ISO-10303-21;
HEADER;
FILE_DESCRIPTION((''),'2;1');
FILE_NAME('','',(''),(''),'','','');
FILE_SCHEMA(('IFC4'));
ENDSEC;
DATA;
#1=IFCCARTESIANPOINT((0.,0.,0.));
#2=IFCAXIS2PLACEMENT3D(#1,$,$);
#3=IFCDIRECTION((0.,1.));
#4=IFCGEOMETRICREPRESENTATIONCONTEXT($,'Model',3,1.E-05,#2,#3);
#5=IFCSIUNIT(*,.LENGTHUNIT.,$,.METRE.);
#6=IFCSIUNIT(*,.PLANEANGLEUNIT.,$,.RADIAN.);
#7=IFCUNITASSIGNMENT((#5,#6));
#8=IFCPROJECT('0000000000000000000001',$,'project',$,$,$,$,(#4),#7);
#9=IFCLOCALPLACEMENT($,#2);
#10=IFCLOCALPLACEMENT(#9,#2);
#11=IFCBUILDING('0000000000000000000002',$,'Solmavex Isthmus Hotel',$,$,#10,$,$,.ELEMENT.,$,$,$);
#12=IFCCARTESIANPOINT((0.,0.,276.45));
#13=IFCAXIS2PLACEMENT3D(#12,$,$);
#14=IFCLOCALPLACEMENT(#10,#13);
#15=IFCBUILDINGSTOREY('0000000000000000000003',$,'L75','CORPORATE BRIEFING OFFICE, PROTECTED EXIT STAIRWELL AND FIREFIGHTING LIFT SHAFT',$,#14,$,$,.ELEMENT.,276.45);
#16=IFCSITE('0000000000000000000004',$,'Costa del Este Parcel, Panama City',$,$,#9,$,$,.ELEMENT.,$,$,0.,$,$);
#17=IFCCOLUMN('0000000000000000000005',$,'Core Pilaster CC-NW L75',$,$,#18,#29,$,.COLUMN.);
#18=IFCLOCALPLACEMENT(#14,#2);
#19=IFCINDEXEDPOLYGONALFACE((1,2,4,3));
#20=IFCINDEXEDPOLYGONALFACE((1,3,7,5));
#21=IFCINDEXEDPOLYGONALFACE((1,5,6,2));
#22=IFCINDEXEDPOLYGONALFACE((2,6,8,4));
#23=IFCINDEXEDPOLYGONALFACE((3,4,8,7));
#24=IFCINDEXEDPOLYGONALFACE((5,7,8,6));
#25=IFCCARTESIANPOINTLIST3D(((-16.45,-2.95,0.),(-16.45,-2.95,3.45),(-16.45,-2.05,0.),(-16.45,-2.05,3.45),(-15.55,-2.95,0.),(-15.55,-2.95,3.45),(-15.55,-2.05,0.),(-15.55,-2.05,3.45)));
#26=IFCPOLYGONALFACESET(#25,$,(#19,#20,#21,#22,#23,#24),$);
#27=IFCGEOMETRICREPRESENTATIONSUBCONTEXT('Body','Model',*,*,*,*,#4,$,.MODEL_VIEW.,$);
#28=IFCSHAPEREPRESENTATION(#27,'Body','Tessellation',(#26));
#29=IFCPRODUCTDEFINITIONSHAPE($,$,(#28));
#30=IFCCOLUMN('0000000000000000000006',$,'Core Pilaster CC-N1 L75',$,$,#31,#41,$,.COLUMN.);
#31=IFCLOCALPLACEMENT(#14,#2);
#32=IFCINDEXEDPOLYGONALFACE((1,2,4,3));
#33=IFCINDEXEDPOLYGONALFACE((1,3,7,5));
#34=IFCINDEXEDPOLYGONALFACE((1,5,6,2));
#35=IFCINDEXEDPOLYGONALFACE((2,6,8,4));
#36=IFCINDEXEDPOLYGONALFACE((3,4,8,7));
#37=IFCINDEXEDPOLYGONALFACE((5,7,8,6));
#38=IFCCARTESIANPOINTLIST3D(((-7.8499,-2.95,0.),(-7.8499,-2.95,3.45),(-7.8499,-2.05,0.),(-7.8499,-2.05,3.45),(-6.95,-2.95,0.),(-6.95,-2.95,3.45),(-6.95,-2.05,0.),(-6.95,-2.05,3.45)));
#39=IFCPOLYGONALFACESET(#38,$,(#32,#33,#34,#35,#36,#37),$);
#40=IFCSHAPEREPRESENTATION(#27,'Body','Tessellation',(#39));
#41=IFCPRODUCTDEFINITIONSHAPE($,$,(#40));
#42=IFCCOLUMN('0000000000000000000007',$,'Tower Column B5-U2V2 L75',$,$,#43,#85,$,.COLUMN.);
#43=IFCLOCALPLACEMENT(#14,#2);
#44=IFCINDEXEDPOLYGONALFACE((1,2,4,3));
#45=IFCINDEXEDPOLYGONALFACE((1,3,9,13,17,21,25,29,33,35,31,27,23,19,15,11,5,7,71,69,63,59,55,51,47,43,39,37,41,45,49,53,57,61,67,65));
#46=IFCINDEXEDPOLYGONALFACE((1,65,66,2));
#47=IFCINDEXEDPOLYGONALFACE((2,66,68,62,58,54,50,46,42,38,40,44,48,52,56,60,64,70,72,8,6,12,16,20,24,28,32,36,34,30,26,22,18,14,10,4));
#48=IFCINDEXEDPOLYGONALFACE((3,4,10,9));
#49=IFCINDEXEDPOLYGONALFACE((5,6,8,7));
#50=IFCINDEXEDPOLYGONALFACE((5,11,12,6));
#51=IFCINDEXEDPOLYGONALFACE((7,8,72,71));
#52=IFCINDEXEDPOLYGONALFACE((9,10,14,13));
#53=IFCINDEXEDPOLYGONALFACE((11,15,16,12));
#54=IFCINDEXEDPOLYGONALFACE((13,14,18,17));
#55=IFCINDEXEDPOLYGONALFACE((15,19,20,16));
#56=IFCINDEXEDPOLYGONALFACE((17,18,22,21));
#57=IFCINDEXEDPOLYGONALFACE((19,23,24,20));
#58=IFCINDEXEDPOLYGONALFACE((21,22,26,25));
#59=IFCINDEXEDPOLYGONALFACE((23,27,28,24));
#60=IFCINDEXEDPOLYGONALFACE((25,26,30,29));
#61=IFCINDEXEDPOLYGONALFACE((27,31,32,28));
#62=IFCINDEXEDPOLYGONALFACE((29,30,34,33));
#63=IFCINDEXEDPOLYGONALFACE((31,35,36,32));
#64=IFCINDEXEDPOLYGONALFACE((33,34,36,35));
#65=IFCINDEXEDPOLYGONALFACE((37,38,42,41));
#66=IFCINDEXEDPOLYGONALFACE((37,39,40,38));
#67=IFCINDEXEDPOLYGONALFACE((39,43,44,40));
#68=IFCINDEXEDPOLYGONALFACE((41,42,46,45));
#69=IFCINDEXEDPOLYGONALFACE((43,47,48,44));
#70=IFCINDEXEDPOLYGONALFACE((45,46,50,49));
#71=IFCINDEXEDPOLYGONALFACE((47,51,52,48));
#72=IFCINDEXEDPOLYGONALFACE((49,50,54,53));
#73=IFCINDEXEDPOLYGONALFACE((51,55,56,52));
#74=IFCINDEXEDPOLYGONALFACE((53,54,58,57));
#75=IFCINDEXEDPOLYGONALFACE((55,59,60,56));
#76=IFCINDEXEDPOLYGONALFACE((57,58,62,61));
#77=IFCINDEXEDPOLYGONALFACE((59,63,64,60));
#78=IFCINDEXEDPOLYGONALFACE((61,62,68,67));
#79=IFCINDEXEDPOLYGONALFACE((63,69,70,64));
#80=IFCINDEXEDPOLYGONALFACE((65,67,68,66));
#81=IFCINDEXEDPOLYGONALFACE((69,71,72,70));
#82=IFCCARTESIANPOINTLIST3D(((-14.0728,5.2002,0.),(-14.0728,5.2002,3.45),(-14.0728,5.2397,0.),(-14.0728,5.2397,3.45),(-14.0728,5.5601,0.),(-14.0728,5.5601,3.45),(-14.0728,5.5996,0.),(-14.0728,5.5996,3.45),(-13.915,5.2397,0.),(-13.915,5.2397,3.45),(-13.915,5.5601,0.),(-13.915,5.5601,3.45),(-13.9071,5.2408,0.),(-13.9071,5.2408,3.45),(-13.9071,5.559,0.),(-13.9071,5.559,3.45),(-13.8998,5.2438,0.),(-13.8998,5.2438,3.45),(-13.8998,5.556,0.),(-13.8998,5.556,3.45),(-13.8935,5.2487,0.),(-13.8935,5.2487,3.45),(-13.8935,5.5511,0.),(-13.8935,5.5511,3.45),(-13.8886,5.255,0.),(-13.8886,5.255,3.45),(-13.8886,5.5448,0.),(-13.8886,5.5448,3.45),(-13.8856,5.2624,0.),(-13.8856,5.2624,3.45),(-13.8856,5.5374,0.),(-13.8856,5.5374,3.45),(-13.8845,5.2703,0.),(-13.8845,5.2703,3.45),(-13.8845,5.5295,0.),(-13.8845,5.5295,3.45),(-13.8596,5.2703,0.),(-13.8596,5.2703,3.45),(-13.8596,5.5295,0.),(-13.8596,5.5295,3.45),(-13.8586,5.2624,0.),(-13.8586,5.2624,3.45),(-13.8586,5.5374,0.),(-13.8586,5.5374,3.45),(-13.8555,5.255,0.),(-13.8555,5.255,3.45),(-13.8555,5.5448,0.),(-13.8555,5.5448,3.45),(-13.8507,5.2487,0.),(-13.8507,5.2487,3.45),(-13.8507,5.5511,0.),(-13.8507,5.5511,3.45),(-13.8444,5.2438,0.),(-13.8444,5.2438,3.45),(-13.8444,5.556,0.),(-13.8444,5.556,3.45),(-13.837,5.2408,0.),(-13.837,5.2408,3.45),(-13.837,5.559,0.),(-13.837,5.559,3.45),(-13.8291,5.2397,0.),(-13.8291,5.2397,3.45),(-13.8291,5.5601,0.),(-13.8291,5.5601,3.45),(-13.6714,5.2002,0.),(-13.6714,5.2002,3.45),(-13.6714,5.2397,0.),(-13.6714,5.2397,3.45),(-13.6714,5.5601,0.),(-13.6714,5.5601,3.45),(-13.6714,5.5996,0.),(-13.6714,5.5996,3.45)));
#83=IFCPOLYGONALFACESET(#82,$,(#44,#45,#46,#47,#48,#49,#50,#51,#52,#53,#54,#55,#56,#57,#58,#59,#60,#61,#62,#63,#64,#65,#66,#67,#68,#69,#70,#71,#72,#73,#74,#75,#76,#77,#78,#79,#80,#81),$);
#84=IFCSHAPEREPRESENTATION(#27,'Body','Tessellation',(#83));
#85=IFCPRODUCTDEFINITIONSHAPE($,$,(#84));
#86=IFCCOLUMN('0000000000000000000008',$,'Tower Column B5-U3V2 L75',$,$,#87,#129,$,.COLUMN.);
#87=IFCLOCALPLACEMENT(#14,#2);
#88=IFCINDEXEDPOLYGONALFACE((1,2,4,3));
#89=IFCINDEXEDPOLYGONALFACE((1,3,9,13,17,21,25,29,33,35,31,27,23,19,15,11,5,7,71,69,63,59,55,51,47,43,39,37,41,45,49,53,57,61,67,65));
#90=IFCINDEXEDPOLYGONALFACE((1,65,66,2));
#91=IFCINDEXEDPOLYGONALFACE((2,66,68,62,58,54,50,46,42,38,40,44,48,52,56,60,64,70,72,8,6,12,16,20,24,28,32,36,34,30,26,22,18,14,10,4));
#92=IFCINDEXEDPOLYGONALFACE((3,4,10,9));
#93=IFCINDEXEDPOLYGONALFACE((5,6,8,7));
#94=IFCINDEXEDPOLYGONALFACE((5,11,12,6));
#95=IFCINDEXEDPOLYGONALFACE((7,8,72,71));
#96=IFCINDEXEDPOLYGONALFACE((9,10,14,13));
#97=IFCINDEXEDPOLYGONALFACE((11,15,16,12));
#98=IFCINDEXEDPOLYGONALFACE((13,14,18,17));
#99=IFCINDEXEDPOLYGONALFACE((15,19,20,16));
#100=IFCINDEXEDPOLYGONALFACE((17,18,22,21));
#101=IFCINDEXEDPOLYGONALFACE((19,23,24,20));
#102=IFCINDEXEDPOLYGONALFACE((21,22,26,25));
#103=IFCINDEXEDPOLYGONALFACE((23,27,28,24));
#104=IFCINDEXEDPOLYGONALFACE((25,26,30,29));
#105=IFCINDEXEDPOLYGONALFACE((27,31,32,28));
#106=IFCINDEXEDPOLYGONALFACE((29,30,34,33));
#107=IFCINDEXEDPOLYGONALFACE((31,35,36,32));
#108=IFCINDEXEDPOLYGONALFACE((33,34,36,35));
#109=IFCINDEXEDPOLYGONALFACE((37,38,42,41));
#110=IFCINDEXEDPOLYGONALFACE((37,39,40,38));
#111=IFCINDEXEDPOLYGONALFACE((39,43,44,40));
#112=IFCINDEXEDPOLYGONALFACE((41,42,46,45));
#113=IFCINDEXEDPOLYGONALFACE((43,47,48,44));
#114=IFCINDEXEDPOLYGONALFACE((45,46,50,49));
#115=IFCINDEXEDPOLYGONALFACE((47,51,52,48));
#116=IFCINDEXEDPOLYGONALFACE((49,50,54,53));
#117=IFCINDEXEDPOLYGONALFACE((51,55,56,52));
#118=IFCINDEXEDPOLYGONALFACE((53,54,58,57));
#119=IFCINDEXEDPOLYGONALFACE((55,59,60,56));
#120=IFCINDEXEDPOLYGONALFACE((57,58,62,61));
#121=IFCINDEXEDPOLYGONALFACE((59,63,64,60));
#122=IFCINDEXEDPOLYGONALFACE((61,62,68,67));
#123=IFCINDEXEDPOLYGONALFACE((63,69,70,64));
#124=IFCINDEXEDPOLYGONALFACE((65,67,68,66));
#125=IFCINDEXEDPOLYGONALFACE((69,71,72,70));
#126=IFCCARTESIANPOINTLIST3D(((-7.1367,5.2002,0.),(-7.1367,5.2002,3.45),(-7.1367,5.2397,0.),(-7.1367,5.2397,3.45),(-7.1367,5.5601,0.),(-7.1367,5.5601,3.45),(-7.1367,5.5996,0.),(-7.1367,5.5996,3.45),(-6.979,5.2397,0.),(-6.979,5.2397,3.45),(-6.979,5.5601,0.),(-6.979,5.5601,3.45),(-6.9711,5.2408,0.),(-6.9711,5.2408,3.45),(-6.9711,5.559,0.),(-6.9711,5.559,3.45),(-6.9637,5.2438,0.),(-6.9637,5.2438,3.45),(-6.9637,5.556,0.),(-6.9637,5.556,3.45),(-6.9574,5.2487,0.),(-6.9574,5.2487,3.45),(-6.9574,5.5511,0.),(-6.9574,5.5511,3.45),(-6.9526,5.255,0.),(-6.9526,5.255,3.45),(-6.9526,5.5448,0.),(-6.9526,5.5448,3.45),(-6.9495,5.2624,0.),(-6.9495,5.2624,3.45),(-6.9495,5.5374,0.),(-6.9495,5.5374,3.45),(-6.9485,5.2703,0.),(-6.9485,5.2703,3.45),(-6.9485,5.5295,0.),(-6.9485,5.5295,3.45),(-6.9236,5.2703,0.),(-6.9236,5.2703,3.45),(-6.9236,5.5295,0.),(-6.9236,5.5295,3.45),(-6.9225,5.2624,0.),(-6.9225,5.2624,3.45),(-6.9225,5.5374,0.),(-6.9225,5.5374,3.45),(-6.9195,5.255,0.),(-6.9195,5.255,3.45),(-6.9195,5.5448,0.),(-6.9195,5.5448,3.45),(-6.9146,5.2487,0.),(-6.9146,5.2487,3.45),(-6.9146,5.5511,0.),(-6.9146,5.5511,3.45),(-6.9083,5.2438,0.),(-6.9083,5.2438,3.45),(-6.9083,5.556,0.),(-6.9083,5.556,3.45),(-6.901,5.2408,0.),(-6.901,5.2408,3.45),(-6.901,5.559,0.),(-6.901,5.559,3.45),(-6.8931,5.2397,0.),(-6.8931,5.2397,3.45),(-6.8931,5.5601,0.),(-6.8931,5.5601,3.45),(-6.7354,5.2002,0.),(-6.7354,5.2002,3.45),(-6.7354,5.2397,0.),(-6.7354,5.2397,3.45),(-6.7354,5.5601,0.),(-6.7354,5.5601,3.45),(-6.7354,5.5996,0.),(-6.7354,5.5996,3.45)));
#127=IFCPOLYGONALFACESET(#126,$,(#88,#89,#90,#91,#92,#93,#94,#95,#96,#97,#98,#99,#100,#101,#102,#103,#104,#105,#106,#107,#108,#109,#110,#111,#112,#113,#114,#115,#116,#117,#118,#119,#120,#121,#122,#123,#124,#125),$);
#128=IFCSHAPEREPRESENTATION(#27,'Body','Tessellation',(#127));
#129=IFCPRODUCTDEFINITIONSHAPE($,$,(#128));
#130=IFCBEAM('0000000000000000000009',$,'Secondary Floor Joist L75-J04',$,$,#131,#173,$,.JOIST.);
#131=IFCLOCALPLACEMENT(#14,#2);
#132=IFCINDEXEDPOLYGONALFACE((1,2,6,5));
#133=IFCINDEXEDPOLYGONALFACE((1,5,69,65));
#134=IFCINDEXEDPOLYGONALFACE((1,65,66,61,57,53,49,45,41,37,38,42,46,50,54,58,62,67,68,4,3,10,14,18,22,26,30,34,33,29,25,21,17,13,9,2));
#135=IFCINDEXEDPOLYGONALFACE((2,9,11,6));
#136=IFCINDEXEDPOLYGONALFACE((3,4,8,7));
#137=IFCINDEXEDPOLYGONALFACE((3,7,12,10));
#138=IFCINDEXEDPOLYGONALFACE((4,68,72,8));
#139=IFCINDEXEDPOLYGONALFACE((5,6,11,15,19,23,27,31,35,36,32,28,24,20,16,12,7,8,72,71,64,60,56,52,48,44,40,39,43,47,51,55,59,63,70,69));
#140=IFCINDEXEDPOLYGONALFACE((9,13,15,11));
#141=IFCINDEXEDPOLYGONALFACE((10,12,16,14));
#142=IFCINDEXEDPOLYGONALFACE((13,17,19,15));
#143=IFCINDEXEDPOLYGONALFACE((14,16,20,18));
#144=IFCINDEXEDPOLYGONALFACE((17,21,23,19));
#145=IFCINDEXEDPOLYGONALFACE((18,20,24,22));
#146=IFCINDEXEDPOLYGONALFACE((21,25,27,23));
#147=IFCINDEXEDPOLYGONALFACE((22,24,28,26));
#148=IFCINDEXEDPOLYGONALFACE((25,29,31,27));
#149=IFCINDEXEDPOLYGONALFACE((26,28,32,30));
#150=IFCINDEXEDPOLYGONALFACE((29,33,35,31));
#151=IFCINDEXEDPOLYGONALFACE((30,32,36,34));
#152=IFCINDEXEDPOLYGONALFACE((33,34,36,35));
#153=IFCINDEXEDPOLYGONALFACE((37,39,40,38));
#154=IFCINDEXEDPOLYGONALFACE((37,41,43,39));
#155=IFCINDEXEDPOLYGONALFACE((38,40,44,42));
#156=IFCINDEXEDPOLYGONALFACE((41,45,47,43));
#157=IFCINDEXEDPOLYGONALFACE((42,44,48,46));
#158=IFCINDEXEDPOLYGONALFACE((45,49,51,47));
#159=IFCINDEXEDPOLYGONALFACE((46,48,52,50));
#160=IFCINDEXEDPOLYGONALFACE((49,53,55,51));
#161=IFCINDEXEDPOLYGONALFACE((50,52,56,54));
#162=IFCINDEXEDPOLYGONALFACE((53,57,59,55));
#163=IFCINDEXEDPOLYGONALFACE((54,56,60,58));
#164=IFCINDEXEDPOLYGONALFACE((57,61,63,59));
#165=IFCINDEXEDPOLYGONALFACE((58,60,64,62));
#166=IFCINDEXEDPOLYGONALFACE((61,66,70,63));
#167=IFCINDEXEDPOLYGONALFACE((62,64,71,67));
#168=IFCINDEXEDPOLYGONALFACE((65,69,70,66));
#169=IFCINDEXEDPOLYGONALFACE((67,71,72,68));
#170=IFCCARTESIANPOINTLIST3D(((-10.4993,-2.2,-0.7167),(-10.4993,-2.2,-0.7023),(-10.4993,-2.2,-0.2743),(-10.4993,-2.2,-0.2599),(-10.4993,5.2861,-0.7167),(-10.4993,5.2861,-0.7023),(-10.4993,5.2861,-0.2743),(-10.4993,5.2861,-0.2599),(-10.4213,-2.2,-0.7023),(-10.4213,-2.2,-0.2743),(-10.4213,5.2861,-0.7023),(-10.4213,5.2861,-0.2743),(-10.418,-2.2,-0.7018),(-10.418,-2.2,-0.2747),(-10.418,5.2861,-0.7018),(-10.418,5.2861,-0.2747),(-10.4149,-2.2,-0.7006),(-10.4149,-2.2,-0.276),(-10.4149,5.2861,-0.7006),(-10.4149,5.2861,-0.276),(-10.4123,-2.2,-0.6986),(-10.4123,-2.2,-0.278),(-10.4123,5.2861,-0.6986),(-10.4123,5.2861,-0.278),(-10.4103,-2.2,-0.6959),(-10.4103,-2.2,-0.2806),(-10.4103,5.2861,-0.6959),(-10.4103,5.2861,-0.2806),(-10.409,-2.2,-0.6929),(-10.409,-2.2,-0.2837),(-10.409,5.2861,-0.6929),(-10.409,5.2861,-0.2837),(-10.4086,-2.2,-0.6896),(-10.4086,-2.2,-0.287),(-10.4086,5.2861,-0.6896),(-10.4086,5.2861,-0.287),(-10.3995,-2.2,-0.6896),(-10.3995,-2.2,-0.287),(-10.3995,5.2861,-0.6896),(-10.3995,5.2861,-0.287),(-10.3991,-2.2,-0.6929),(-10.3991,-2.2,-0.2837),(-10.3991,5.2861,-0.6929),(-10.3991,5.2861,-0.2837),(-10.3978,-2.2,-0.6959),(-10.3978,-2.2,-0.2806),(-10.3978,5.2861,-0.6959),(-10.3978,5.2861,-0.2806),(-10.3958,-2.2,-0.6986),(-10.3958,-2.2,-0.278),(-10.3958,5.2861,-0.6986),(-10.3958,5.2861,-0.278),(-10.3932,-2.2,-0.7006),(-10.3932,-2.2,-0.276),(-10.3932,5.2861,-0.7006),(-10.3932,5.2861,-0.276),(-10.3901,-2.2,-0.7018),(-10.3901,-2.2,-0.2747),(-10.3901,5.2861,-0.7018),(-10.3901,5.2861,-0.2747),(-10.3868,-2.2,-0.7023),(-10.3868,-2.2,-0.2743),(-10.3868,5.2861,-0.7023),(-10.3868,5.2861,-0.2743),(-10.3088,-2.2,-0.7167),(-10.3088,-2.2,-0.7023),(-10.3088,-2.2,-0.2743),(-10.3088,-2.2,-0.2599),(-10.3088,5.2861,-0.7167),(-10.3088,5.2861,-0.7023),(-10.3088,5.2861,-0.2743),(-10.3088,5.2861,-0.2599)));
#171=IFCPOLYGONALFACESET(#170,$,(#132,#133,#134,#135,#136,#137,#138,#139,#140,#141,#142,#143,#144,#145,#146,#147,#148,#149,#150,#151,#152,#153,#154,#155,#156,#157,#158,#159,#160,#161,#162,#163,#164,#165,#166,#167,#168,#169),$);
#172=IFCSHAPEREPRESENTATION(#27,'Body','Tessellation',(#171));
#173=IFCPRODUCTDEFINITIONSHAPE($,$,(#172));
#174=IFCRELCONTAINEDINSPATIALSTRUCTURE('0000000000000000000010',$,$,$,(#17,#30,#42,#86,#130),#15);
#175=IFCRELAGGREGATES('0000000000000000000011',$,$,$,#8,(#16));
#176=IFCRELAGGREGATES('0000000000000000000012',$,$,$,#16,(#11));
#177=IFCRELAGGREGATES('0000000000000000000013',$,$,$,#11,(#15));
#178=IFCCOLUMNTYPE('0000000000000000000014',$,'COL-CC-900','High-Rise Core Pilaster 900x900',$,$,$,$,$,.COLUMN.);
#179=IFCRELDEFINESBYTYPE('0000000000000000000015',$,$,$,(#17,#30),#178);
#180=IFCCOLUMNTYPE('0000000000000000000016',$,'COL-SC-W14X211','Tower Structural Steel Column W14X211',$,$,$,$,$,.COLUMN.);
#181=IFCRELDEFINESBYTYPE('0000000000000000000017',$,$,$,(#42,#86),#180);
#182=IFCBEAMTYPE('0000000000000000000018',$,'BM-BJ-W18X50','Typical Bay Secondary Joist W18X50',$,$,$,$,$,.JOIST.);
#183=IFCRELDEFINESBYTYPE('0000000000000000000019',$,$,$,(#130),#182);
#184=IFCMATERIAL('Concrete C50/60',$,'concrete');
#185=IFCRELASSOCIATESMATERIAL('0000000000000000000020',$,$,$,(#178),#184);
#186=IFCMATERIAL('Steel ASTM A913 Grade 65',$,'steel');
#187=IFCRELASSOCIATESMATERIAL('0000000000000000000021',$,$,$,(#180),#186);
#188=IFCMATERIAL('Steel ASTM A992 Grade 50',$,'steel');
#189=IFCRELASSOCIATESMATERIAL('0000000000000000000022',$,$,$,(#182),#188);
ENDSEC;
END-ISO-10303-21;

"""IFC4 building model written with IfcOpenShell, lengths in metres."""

from ifc_helpers import new_model, si_unit, direction, frame, origin, origin_2d, place, context, subcontext, project, spatial, rectangle, i_section, extrude, material, material_profile, profile_set, type_object, element, save


model = new_model("IFC4")

# Units and contexts
model_context = context("Model", 3, precision=1e-05, world=origin(), true_north=direction((0.0, 1.0)))
body_context = subcontext(model_context, "Body", "Model", "MODEL_VIEW")
ifc_project = project(units=[si_unit("LENGTHUNIT", "METRE"), si_unit("PLANEANGLEUNIT", "RADIAN")], contexts=[model_context])

# Site, building, storey
site_placement = place(None, origin())
site = spatial("IfcSite", under=ifc_project, at=site_placement, Name="Costa del Este Parcel, Panama City", CompositionType="ELEMENT", RefElevation=0.0)
building_placement = place(site_placement, origin())
building = spatial("IfcBuilding", under=site, at=building_placement, Name="Solmavex Isthmus Hotel", CompositionType="ELEMENT")
storey_placement = place(building_placement, frame((0.0, 0.0, 276.45)))
storey = spatial("IfcBuildingStorey", under=building, at=storey_placement, Name="L75", Description="CORPORATE BRIEFING OFFICE, PROTECTED EXIT STAIRWELL AND FIREFIGHTING LIFT SHAFT", CompositionType="ELEMENT", Elevation=276.45)

# Columns
ifc_material_1 = material(Name="Concrete C50/60", Category="concrete")
ifc_material_profile_1 = material_profile(ifc_material_1, rectangle(XDim=0.8999, YDim=0.8999, at=origin_2d()), Name="RC900X900")
ifc_profile_set_1 = profile_set([ifc_material_profile_1], Name="Concrete C50/60")
column_type_1 = type_object("IfcColumnType", Name="COL-CC-900", Description="High-Rise Core Pilaster 900x900", PredefinedType="COLUMN", material=ifc_profile_set_1)
for number, where, z_axis, x_axis, name in (
    (1, (-16.0, -2.5, 0.0), (0.0, 0.0, 1.0), (1.0, 0.0, 0.0), "Core Pilaster CC-NW L75"),
    (2, (-7.3999, -2.5, 0.0), (0.0, 0.0, 1.0), (1.0, 0.0, 0.0), "Core Pilaster CC-N1 L75"),
):
    element("IfcColumn", number, at=place(storey_placement, frame(where, z_axis=z_axis, x_axis=x_axis)), inside=storey, type_object=column_type_1, Name=name, PredefinedType="COLUMN", context=body_context, shape_type="SweptSolid", body=[
        extrude(rectangle(XDim=0.8999, YDim=0.8999, at=origin_2d()), origin(), (0.0, 0.0, 1.0), 3.45),
    ])
ifc_material_2 = material(Name="Steel ASTM A913 Grade 65", Category="steel")
ifc_material_profile_2 = material_profile(ifc_material_2, i_section(OverallWidth=0.4014, OverallDepth=0.3994, WebThickness=0.0249, FlangeThickness=0.0396, FilletRadius=0.0305, at=origin_2d()), Name="W14X211")
ifc_profile_set_2 = profile_set([ifc_material_profile_2], Name="Steel ASTM A913 Grade 65")
column_type_2 = type_object("IfcColumnType", Name="COL-SC-W14X211", Description="Tower Structural Steel Column W14X211", PredefinedType="COLUMN", material=ifc_profile_set_2)
for number, where, z_axis, x_axis, name in (
    (3, (-13.8721, 5.3999, 0.0), (0.0, 0.0, 1.0), (1.0, 0.0, 0.0), "Tower Column B5-U2V2 L75"),
    (4, (-6.936, 5.3999, 0.0), (0.0, 0.0, 1.0), (1.0, 0.0, 0.0), "Tower Column B5-U3V2 L75"),
):
    element("IfcColumn", number, at=place(storey_placement, frame(where, z_axis=z_axis, x_axis=x_axis)), inside=storey, type_object=column_type_2, Name=name, PredefinedType="COLUMN", context=body_context, shape_type="SweptSolid", body=[
        extrude(i_section(OverallWidth=0.4014, OverallDepth=0.3994, WebThickness=0.0249, FlangeThickness=0.0396, FilletRadius=0.0305, at=origin_2d()), origin(), (0.0, 0.0, 1.0), 3.45),
    ])

# Beam
ifc_material_3 = material(Name="Steel ASTM A992 Grade 50", Category="steel")
ifc_material_profile_3 = material_profile(ifc_material_3, i_section(OverallWidth=0.1904, OverallDepth=0.4568, WebThickness=0.009, FlangeThickness=0.0144, FilletRadius=0.0127, at=origin_2d()), Name="W18X50")
ifc_profile_set_3 = profile_set([ifc_material_profile_3], Name="Steel ASTM A992 Grade 50")
beam_type_1 = type_object("IfcBeamType", Name="BM-BJ-W18X50", Description="Typical Bay Secondary Joist W18X50", PredefinedType="JOIST", material=ifc_profile_set_3)
for number, where, z_axis, x_axis, name in (
    (5, (-10.4041, -2.2, -0.4883), (0.0, 1.0, 0.0), (-1.0, 0.0, 0.0), "Secondary Floor Joist L75-J04"),
):
    element("IfcBeam", number, at=place(storey_placement, frame(where, z_axis=z_axis, x_axis=x_axis)), inside=storey, type_object=beam_type_1, Name=name, PredefinedType="JOIST", context=body_context, shape_type="SweptSolid", body=[
        extrude(i_section(OverallWidth=0.1904, OverallDepth=0.4568, WebThickness=0.009, FlangeThickness=0.0144, FilletRadius=0.0127, at=origin_2d()), origin(), (0.0, 0.0, 1.0), 7.4861),
    ])

save(model, "model.ifc")
